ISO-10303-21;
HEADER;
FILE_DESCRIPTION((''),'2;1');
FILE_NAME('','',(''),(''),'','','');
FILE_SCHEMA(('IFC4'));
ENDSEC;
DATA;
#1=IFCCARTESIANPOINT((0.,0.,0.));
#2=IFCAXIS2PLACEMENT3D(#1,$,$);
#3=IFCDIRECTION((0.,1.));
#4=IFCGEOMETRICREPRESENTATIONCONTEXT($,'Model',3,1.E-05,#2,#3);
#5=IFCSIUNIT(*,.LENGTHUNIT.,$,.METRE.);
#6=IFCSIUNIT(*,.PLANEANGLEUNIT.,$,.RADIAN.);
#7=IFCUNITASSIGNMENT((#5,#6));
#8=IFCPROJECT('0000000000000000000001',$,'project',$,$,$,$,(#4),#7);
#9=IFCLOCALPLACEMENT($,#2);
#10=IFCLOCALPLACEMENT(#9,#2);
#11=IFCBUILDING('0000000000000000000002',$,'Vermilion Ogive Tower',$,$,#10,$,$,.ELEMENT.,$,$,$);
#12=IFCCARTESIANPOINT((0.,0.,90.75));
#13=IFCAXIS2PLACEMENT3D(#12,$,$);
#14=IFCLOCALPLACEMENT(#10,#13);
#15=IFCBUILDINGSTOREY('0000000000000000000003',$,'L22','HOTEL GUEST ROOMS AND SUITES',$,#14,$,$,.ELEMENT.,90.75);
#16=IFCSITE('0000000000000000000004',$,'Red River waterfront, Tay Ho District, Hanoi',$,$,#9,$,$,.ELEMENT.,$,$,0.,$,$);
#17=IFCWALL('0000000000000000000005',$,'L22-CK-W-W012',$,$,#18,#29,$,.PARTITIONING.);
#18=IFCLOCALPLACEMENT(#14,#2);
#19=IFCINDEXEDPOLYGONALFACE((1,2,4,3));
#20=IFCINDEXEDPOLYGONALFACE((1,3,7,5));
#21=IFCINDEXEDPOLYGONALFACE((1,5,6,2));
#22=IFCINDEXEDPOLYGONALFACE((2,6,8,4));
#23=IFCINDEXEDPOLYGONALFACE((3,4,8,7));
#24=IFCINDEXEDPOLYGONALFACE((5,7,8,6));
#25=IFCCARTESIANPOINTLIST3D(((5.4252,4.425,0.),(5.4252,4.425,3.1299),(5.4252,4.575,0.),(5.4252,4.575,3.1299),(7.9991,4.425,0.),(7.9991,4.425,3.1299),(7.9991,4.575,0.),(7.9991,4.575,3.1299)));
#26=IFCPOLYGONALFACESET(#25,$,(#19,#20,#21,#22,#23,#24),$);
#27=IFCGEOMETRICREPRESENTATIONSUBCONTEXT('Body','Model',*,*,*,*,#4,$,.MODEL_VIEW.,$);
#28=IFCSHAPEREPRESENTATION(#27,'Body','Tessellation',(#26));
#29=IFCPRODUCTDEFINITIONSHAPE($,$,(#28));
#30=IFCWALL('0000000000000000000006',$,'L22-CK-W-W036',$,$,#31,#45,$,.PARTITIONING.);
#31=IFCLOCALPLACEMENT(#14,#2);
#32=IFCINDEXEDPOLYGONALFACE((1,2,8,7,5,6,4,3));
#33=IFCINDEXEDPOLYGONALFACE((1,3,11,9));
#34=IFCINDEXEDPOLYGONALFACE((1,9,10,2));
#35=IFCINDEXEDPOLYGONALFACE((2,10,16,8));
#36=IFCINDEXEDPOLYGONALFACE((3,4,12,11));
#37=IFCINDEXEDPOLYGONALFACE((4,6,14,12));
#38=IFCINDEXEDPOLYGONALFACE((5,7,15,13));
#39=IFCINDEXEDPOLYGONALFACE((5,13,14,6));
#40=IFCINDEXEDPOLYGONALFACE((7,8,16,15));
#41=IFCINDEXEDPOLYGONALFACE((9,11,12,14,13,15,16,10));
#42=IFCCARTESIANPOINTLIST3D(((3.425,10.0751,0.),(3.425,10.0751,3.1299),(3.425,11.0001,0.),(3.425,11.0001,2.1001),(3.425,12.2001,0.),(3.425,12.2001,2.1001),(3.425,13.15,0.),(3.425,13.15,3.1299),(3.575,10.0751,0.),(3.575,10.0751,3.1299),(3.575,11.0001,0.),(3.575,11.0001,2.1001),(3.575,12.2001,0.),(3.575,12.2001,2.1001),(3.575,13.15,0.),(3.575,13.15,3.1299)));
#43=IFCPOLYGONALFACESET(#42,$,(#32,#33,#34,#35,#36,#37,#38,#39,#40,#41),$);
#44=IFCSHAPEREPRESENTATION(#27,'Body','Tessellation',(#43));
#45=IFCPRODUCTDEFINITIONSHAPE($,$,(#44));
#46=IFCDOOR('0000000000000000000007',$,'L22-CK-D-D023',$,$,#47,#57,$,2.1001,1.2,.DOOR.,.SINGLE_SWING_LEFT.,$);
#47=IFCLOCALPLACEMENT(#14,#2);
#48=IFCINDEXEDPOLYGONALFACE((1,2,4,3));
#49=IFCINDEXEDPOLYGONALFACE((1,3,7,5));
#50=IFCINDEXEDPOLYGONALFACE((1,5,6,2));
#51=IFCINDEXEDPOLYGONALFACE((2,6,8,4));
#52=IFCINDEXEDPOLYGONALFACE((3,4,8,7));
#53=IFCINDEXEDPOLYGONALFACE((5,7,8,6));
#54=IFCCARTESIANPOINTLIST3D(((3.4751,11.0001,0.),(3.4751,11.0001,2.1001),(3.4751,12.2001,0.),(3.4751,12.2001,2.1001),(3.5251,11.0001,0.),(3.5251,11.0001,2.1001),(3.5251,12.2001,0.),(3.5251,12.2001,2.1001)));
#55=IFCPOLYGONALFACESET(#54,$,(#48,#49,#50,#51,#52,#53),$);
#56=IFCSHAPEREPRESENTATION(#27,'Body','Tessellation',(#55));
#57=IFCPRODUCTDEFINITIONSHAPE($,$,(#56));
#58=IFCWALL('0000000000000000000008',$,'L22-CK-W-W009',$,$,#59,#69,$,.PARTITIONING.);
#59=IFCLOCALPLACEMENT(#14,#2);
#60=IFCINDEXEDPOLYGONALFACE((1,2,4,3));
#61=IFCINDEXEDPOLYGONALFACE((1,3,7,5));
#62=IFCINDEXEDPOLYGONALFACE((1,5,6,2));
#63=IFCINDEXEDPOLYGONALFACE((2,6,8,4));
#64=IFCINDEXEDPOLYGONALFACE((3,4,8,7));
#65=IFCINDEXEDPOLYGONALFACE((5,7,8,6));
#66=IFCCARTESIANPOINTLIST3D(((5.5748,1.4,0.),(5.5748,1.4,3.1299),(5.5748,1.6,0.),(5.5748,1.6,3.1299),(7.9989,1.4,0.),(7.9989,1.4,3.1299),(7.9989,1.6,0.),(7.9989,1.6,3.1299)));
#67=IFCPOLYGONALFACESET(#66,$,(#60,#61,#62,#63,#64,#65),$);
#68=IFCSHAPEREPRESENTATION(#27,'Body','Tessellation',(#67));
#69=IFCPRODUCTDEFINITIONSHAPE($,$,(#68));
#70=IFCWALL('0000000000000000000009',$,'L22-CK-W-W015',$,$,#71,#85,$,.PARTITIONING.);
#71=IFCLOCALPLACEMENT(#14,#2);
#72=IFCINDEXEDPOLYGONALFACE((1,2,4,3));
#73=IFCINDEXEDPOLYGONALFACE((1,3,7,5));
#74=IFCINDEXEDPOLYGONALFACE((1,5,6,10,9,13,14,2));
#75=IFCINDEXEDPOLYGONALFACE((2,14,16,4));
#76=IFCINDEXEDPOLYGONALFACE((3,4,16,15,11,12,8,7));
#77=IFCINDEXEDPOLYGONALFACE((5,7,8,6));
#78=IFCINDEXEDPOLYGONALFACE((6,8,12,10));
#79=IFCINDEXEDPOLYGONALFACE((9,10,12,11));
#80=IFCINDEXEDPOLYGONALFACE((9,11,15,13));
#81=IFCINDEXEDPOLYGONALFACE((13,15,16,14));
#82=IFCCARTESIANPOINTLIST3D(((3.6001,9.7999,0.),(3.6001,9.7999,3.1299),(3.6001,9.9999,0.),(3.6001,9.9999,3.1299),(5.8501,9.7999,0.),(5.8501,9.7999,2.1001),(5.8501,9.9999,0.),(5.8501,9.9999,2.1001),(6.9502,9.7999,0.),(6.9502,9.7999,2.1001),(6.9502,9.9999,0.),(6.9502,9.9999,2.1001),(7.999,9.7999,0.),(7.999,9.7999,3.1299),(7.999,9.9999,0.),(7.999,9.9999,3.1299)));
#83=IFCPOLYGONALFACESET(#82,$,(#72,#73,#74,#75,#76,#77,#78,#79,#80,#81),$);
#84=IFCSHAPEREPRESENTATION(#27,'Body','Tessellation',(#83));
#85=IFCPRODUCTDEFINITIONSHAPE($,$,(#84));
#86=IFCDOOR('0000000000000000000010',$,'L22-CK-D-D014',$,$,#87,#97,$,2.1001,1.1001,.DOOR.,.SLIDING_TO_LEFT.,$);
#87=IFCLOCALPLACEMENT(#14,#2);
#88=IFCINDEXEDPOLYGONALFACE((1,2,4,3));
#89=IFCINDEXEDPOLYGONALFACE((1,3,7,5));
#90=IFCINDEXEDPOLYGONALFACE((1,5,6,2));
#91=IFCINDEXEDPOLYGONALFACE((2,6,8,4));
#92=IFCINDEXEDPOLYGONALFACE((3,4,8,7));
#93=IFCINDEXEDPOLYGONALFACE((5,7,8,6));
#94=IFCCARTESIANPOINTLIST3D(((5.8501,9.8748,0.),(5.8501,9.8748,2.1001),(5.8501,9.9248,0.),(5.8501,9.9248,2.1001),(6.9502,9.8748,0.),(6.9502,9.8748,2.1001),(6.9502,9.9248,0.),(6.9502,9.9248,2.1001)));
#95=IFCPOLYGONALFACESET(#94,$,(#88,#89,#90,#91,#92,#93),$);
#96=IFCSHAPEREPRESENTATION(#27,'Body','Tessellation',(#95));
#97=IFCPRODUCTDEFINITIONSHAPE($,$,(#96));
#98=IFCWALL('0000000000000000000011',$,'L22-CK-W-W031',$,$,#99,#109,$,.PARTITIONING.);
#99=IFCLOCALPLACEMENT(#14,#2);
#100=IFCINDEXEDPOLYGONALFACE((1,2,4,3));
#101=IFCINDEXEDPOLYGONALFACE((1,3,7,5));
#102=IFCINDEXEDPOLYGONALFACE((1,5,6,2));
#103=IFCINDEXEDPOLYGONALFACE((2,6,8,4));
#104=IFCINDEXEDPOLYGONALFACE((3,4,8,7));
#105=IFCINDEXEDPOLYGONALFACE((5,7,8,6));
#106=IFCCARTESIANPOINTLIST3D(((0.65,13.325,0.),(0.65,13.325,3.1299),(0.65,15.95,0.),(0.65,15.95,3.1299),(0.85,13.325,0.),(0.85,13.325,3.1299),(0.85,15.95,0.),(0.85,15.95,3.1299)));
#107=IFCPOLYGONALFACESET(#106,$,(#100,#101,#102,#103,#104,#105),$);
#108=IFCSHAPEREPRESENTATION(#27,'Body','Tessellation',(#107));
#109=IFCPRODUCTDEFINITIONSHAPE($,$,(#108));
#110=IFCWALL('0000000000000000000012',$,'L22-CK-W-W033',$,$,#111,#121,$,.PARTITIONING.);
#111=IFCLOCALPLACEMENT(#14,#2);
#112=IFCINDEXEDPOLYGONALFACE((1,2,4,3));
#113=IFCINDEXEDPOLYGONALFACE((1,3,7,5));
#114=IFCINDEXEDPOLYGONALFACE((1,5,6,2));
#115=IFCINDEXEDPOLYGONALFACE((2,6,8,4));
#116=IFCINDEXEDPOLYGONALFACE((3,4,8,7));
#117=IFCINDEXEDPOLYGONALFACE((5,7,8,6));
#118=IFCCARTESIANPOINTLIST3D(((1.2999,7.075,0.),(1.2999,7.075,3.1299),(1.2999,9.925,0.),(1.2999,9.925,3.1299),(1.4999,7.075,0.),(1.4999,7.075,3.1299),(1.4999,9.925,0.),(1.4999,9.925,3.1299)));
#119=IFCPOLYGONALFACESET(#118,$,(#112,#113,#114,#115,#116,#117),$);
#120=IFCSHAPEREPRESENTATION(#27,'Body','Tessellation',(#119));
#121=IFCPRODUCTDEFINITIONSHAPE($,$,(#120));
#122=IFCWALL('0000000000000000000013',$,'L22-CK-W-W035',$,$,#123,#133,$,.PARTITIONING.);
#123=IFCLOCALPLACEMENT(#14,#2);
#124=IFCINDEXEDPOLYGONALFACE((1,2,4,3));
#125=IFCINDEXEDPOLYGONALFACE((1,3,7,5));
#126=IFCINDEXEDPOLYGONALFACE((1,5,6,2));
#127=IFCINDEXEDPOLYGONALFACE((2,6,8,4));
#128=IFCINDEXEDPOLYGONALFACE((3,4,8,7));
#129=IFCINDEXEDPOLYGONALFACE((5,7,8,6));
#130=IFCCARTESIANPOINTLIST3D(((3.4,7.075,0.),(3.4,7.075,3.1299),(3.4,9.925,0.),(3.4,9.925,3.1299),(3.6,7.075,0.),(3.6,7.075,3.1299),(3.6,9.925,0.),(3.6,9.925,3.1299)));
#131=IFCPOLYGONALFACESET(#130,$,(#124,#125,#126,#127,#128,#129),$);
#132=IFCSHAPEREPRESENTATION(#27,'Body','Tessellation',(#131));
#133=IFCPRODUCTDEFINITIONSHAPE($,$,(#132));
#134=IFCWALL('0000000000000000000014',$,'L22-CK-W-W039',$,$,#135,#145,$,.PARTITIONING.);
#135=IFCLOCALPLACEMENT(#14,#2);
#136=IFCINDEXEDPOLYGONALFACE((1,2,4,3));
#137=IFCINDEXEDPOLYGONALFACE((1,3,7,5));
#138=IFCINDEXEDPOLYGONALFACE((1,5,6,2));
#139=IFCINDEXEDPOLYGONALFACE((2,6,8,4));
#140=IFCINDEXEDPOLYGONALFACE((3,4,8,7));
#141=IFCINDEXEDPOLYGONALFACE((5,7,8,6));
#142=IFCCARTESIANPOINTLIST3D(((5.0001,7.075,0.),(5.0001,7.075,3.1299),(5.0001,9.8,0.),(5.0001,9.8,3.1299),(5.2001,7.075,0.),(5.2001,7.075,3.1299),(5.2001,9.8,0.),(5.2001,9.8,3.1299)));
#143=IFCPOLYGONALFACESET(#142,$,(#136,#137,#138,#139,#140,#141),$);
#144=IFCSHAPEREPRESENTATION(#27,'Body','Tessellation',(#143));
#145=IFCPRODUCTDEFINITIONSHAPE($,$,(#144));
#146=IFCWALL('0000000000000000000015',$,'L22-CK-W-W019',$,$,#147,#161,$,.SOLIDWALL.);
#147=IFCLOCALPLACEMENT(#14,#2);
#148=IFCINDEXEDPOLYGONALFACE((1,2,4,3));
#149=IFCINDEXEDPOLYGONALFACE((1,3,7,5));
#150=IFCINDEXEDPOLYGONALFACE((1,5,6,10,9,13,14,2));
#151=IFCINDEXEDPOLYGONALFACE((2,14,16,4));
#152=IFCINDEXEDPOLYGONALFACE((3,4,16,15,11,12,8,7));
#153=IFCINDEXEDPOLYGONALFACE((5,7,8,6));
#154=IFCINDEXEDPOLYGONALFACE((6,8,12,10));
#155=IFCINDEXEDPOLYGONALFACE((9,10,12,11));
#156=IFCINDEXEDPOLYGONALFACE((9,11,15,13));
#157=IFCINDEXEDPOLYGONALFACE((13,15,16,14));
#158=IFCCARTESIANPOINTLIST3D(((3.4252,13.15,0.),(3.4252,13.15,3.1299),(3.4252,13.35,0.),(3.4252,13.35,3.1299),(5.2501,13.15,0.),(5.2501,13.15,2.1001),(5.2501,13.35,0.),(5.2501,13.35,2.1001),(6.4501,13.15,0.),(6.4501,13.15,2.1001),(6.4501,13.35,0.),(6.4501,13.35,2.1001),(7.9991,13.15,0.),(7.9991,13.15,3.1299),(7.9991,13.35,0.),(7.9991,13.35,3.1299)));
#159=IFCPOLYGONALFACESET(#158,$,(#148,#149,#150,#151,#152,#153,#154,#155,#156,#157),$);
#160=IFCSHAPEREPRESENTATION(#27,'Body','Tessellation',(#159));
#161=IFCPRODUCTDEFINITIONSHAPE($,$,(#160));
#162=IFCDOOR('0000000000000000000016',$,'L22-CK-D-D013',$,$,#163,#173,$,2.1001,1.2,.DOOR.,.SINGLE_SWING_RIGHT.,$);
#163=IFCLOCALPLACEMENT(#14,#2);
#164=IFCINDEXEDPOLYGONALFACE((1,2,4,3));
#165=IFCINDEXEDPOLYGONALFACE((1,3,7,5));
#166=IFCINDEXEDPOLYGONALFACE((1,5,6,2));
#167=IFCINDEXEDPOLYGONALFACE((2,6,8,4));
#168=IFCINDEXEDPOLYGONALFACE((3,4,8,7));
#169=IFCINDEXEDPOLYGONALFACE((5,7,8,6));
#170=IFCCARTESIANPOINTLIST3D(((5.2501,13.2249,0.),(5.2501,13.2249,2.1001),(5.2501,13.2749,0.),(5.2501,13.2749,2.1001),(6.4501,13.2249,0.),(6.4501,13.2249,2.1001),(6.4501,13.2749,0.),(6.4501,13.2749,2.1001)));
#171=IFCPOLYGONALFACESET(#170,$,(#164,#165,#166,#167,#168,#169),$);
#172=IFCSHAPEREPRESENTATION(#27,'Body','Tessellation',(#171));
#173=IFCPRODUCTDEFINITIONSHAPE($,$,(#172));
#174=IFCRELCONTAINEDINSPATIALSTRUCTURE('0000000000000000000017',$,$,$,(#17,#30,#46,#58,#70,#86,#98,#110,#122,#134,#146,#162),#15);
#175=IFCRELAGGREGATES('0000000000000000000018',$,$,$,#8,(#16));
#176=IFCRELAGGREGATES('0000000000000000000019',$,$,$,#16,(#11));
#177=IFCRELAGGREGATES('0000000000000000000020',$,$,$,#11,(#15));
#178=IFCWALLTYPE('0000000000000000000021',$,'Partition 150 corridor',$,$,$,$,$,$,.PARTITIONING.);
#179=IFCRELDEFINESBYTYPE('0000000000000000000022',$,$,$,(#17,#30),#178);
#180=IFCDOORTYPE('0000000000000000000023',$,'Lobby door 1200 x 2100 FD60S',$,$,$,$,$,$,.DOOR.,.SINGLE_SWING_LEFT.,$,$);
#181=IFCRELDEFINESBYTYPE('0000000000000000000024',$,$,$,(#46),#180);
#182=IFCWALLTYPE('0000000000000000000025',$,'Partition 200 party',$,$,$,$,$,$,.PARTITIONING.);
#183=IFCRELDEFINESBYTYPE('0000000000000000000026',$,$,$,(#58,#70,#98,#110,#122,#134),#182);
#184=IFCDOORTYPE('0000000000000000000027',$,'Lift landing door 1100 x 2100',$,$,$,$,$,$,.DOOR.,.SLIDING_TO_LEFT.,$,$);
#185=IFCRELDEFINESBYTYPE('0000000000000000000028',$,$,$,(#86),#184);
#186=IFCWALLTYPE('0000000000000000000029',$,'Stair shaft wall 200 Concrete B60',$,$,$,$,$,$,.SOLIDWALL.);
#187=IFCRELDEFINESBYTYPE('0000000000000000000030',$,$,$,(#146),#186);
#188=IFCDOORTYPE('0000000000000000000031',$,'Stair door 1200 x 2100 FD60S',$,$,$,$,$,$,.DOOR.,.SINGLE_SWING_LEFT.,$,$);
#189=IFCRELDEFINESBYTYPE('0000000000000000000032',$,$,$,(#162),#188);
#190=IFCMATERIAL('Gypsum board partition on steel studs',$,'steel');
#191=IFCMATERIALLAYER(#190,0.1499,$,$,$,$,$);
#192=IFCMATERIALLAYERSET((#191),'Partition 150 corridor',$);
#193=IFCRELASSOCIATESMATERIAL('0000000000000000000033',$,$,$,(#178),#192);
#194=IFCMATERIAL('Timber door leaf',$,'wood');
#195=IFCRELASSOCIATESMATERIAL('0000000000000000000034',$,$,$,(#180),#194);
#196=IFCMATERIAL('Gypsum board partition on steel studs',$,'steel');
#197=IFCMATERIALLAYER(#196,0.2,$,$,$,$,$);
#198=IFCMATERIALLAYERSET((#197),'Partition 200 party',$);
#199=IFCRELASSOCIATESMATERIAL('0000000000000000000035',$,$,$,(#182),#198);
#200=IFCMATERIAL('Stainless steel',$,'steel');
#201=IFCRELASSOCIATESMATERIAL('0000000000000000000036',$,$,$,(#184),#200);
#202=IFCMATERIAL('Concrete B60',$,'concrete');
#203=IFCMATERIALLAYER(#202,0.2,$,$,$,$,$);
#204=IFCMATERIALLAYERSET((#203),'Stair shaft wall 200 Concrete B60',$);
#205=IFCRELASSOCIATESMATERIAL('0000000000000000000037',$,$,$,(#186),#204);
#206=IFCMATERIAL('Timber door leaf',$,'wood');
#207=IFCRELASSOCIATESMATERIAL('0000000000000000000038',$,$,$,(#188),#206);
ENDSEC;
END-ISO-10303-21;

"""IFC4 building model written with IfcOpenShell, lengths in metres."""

from ifc_helpers import new_model, si_unit, direction, frame, frame_2d, origin, place, context, subcontext, project, spatial, rectangle, extrude, material, layer, layer_set, type_object, element, fill, save


model = new_model("IFC4")

# Units and contexts
model_context = context("Model", 3, precision=1e-05, world=origin(), true_north=direction((0.0, 1.0)))
body_context = subcontext(model_context, "Body", "Model", "MODEL_VIEW")
ifc_project = project(units=[si_unit("LENGTHUNIT", "METRE"), si_unit("PLANEANGLEUNIT", "RADIAN")], contexts=[model_context])

# Site, building, storey
site_placement = place(None, origin())
site = spatial("IfcSite", under=ifc_project, at=site_placement, Name="Red River waterfront, Tay Ho District, Hanoi", CompositionType="ELEMENT", RefElevation=0.0)
building_placement = place(site_placement, origin())
building = spatial("IfcBuilding", under=site, at=building_placement, Name="Vermilion Ogive Tower", CompositionType="ELEMENT")
storey_placement = place(building_placement, frame((0.0, 0.0, 90.75)))
storey = spatial("IfcBuildingStorey", under=building, at=storey_placement, Name="L22", Description="HOTEL GUEST ROOMS AND SUITES", CompositionType="ELEMENT", Elevation=90.75)

# Wall
ifc_material_1 = material(Name="Gypsum board partition on steel studs", Category="steel")
ifc_layer_1 = layer(ifc_material_1, 0.1499)
ifc_layer_set_1 = layer_set([ifc_layer_1], Name="Partition 150 corridor")
wall_type_1 = type_object("IfcWallType", Name="Partition 150 corridor", PredefinedType="PARTITIONING", material=ifc_layer_set_1)
wall_1_placement = place(storey_placement, frame((5.425, 4.5, 0.0), z_axis=(0.0, 0.0, 1.0), x_axis=(1.0, 0.0, 0.0)))
element("IfcWall", 1, at=wall_1_placement, inside=storey, type_object=wall_type_1, Name="L22-CK-W-W012", PredefinedType="PARTITIONING", context=body_context, shape_type="SweptSolid", body=[
    extrude(rectangle(XDim=2.574, YDim=0.1499, at=frame_2d((1.2871, 0.0))), origin(), (0.0, 0.0, 1.0), 3.1299),
])

# Wall, opening, door
wall_2_placement = place(storey_placement, frame((3.5, 10.075, 0.0), z_axis=(0.0, 0.0, 1.0), x_axis=(0.0, 1.0, 0.0)))
wall_2 = element("IfcWall", 2, at=wall_2_placement, inside=storey, type_object=wall_type_1, Name="L22-CK-W-W036", PredefinedType="PARTITIONING", context=body_context, shape_type="SweptSolid", body=[
    extrude(rectangle(XDim=3.075, YDim=0.1499, at=frame_2d((1.5376, 0.0))), origin(), (0.0, 0.0, 1.0), 3.1299),
])
opening_1_placement = place(wall_2_placement, frame((0.925, 0.0, 0.0)))
opening_1 = element("IfcOpeningElement", 3, at=opening_1_placement, cuts=wall_2, PredefinedType="OPENING", context=body_context, shape_type="SweptSolid", body=[
    extrude(rectangle(XDim=1.2, YDim=2.1001, at=frame_2d((0.6001, 1.05))), frame((0.0, 0.085, 0.0), z_axis=(0.0, -1.0, 0.0), x_axis=(1.0, 0.0, 0.0)), (0.0, 0.0, 1.0), 0.1699),
])
ifc_material_2 = material(Name="Timber door leaf", Category="wood")
door_type_1 = type_object("IfcDoorType", Name="Lobby door 1200 x 2100 FD60S", OperationType="SINGLE_SWING_LEFT", PredefinedType="DOOR", material=ifc_material_2)
door_1_placement = place(opening_1_placement, origin())
door_1 = element("IfcDoor", 4, at=door_1_placement, inside=storey, type_object=door_type_1, Name="L22-CK-D-D023", OperationType="SINGLE_SWING_LEFT", OverallHeight=2.1001, OverallWidth=1.2, PredefinedType="DOOR", context=body_context, shape_type="SweptSolid", body=[
    extrude(rectangle(XDim=1.2, YDim=2.1001, at=frame_2d((0.6001, 1.05))), frame((0.0, 0.0249, 0.0), z_axis=(0.0, -1.0, 0.0), x_axis=(1.0, 0.0, 0.0)), (0.0, 0.0, 1.0), 0.05),
])
fill(opening_1, door_1)

# Wall
ifc_material_3 = material(Name="Gypsum board partition on steel studs", Category="steel")
ifc_layer_2 = layer(ifc_material_3, 0.2)
ifc_layer_set_2 = layer_set([ifc_layer_2], Name="Partition 200 party")
wall_type_2 = type_object("IfcWallType", Name="Partition 200 party", PredefinedType="PARTITIONING", material=ifc_layer_set_2)
wall_3_placement = place(storey_placement, frame((5.575, 1.5, 0.0), z_axis=(0.0, 0.0, 1.0), x_axis=(1.0, 0.0, 0.0)))
element("IfcWall", 5, at=wall_3_placement, inside=storey, type_object=wall_type_2, Name="L22-CK-W-W009", PredefinedType="PARTITIONING", context=body_context, shape_type="SweptSolid", body=[
    extrude(rectangle(XDim=2.4241, YDim=0.2, at=frame_2d((1.2119, 0.0))), origin(), (0.0, 0.0, 1.0), 3.1299),
])

# Wall, opening, door
wall_4_placement = place(storey_placement, frame((3.6001, 9.8999, 0.0), z_axis=(0.0, 0.0, 1.0), x_axis=(1.0, 0.0, 0.0)))
wall_4 = element("IfcWall", 6, at=wall_4_placement, inside=storey, type_object=wall_type_2, Name="L22-CK-W-W015", PredefinedType="PARTITIONING", context=body_context, shape_type="SweptSolid", body=[
    extrude(rectangle(XDim=4.3989, YDim=0.2, at=frame_2d((2.1995, 0.0))), origin(), (0.0, 0.0, 1.0), 3.1299),
])
opening_2_placement = place(wall_4_placement, frame((2.25, 0.0, 0.0)))
opening_2 = element("IfcOpeningElement", 7, at=opening_2_placement, cuts=wall_4, PredefinedType="OPENING", context=body_context, shape_type="SweptSolid", body=[
    extrude(rectangle(XDim=1.1001, YDim=2.1001, at=frame_2d((0.55, 1.05))), frame((0.0, 0.1099, 0.0), z_axis=(0.0, -1.0, 0.0), x_axis=(1.0, 0.0, 0.0)), (0.0, 0.0, 1.0), 0.22),
])
ifc_material_4 = material(Name="Stainless steel", Category="steel")
door_type_2 = type_object("IfcDoorType", Name="Lift landing door 1100 x 2100", OperationType="SLIDING_TO_LEFT", PredefinedType="DOOR", material=ifc_material_4)
door_2_placement = place(opening_2_placement, origin())
door_2 = element("IfcDoor", 8, at=door_2_placement, inside=storey, type_object=door_type_2, Name="L22-CK-D-D014", OperationType="SLIDING_TO_LEFT", OverallHeight=2.1001, OverallWidth=1.1001, PredefinedType="DOOR", context=body_context, shape_type="SweptSolid", body=[
    extrude(rectangle(XDim=1.1001, YDim=2.1001, at=frame_2d((0.55, 1.05))), frame((0.0, 0.0249, 0.0), z_axis=(0.0, -1.0, 0.0), x_axis=(1.0, 0.0, 0.0)), (0.0, 0.0, 1.0), 0.05),
])
fill(opening_2, door_2)

# Walls
wall_5_placement = place(storey_placement, frame((0.75, 13.325, 0.0), z_axis=(0.0, 0.0, 1.0), x_axis=(0.0, 1.0, 0.0)))
element("IfcWall", 9, at=wall_5_placement, inside=storey, type_object=wall_type_2, Name="L22-CK-W-W031", PredefinedType="PARTITIONING", context=body_context, shape_type="SweptSolid", body=[
    extrude(rectangle(XDim=2.625, YDim=0.2, at=frame_2d((1.3125, 0.0))), origin(), (0.0, 0.0, 1.0), 3.1299),
])
for number, where, z_axis, x_axis, name in (
    (10, (1.3999, 7.075, 0.0), (0.0, 0.0, 1.0), (0.0, 1.0, 0.0), "L22-CK-W-W033"),
    (11, (3.5, 7.075, 0.0), (0.0, 0.0, 1.0), (0.0, 1.0, 0.0), "L22-CK-W-W035"),
):
    element("IfcWall", number, at=place(storey_placement, frame(where, z_axis=z_axis, x_axis=x_axis)), inside=storey, type_object=wall_type_2, Name=name, PredefinedType="PARTITIONING", context=body_context, shape_type="SweptSolid", body=[
        extrude(rectangle(XDim=2.8501, YDim=0.2, at=frame_2d((1.425, 0.0))), origin(), (0.0, 0.0, 1.0), 3.1299),
    ])
wall_6_placement = place(storey_placement, frame((5.1001, 7.075, 0.0), z_axis=(0.0, 0.0, 1.0), x_axis=(0.0, 1.0, 0.0)))
element("IfcWall", 12, at=wall_6_placement, inside=storey, type_object=wall_type_2, Name="L22-CK-W-W039", PredefinedType="PARTITIONING", context=body_context, shape_type="SweptSolid", body=[
    extrude(rectangle(XDim=2.7251, YDim=0.2, at=frame_2d((1.3625, 0.0))), origin(), (0.0, 0.0, 1.0), 3.1299),
])

# Wall, opening, door
ifc_material_5 = material(Name="Concrete B60", Category="concrete")
ifc_layer_3 = layer(ifc_material_5, 0.2)
ifc_layer_set_3 = layer_set([ifc_layer_3], Name="Stair shaft wall 200 Concrete B60")
wall_type_3 = type_object("IfcWallType", Name="Stair shaft wall 200 Concrete B60", PredefinedType="SOLIDWALL", material=ifc_layer_set_3)
wall_7_placement = place(storey_placement, frame((3.425, 13.25, 0.0), z_axis=(0.0, 0.0, 1.0), x_axis=(1.0, 0.0, 0.0)))
wall_7 = element("IfcWall", 13, at=wall_7_placement, inside=storey, type_object=wall_type_3, Name="L22-CK-W-W019", PredefinedType="SOLIDWALL", context=body_context, shape_type="SweptSolid", body=[
    extrude(rectangle(XDim=4.574, YDim=0.2, at=frame_2d((2.2871, 0.0))), origin(), (0.0, 0.0, 1.0), 3.1299),
])
opening_3_placement = place(wall_7_placement, frame((1.825, 0.0, 0.0)))
opening_3 = element("IfcOpeningElement", 14, at=opening_3_placement, cuts=wall_7, PredefinedType="OPENING", context=body_context, shape_type="SweptSolid", body=[
    extrude(rectangle(XDim=1.2, YDim=2.1001, at=frame_2d((0.6001, 1.05))), frame((0.0, 0.1099, 0.0), z_axis=(0.0, -1.0, 0.0), x_axis=(1.0, 0.0, 0.0)), (0.0, 0.0, 1.0), 0.22),
])
ifc_material_6 = material(Name="Timber door leaf", Category="wood")
door_type_3 = type_object("IfcDoorType", Name="Stair door 1200 x 2100 FD60S", OperationType="SINGLE_SWING_LEFT", PredefinedType="DOOR", material=ifc_material_6)
door_3_placement = place(opening_3_placement, origin())
door_3 = element("IfcDoor", 15, at=door_3_placement, inside=storey, type_object=door_type_3, Name="L22-CK-D-D013", OperationType="SINGLE_SWING_RIGHT", OverallHeight=2.1001, OverallWidth=1.2, PredefinedType="DOOR", context=body_context, shape_type="SweptSolid", body=[
    extrude(rectangle(XDim=1.2, YDim=2.1001, at=frame_2d((0.6001, 1.05))), frame((0.0, 0.0249, 0.0), z_axis=(0.0, -1.0, 0.0), x_axis=(1.0, 0.0, 0.0)), (0.0, 0.0, 1.0), 0.05),
])
fill(opening_3, door_3)

save(model, "model.ifc")
